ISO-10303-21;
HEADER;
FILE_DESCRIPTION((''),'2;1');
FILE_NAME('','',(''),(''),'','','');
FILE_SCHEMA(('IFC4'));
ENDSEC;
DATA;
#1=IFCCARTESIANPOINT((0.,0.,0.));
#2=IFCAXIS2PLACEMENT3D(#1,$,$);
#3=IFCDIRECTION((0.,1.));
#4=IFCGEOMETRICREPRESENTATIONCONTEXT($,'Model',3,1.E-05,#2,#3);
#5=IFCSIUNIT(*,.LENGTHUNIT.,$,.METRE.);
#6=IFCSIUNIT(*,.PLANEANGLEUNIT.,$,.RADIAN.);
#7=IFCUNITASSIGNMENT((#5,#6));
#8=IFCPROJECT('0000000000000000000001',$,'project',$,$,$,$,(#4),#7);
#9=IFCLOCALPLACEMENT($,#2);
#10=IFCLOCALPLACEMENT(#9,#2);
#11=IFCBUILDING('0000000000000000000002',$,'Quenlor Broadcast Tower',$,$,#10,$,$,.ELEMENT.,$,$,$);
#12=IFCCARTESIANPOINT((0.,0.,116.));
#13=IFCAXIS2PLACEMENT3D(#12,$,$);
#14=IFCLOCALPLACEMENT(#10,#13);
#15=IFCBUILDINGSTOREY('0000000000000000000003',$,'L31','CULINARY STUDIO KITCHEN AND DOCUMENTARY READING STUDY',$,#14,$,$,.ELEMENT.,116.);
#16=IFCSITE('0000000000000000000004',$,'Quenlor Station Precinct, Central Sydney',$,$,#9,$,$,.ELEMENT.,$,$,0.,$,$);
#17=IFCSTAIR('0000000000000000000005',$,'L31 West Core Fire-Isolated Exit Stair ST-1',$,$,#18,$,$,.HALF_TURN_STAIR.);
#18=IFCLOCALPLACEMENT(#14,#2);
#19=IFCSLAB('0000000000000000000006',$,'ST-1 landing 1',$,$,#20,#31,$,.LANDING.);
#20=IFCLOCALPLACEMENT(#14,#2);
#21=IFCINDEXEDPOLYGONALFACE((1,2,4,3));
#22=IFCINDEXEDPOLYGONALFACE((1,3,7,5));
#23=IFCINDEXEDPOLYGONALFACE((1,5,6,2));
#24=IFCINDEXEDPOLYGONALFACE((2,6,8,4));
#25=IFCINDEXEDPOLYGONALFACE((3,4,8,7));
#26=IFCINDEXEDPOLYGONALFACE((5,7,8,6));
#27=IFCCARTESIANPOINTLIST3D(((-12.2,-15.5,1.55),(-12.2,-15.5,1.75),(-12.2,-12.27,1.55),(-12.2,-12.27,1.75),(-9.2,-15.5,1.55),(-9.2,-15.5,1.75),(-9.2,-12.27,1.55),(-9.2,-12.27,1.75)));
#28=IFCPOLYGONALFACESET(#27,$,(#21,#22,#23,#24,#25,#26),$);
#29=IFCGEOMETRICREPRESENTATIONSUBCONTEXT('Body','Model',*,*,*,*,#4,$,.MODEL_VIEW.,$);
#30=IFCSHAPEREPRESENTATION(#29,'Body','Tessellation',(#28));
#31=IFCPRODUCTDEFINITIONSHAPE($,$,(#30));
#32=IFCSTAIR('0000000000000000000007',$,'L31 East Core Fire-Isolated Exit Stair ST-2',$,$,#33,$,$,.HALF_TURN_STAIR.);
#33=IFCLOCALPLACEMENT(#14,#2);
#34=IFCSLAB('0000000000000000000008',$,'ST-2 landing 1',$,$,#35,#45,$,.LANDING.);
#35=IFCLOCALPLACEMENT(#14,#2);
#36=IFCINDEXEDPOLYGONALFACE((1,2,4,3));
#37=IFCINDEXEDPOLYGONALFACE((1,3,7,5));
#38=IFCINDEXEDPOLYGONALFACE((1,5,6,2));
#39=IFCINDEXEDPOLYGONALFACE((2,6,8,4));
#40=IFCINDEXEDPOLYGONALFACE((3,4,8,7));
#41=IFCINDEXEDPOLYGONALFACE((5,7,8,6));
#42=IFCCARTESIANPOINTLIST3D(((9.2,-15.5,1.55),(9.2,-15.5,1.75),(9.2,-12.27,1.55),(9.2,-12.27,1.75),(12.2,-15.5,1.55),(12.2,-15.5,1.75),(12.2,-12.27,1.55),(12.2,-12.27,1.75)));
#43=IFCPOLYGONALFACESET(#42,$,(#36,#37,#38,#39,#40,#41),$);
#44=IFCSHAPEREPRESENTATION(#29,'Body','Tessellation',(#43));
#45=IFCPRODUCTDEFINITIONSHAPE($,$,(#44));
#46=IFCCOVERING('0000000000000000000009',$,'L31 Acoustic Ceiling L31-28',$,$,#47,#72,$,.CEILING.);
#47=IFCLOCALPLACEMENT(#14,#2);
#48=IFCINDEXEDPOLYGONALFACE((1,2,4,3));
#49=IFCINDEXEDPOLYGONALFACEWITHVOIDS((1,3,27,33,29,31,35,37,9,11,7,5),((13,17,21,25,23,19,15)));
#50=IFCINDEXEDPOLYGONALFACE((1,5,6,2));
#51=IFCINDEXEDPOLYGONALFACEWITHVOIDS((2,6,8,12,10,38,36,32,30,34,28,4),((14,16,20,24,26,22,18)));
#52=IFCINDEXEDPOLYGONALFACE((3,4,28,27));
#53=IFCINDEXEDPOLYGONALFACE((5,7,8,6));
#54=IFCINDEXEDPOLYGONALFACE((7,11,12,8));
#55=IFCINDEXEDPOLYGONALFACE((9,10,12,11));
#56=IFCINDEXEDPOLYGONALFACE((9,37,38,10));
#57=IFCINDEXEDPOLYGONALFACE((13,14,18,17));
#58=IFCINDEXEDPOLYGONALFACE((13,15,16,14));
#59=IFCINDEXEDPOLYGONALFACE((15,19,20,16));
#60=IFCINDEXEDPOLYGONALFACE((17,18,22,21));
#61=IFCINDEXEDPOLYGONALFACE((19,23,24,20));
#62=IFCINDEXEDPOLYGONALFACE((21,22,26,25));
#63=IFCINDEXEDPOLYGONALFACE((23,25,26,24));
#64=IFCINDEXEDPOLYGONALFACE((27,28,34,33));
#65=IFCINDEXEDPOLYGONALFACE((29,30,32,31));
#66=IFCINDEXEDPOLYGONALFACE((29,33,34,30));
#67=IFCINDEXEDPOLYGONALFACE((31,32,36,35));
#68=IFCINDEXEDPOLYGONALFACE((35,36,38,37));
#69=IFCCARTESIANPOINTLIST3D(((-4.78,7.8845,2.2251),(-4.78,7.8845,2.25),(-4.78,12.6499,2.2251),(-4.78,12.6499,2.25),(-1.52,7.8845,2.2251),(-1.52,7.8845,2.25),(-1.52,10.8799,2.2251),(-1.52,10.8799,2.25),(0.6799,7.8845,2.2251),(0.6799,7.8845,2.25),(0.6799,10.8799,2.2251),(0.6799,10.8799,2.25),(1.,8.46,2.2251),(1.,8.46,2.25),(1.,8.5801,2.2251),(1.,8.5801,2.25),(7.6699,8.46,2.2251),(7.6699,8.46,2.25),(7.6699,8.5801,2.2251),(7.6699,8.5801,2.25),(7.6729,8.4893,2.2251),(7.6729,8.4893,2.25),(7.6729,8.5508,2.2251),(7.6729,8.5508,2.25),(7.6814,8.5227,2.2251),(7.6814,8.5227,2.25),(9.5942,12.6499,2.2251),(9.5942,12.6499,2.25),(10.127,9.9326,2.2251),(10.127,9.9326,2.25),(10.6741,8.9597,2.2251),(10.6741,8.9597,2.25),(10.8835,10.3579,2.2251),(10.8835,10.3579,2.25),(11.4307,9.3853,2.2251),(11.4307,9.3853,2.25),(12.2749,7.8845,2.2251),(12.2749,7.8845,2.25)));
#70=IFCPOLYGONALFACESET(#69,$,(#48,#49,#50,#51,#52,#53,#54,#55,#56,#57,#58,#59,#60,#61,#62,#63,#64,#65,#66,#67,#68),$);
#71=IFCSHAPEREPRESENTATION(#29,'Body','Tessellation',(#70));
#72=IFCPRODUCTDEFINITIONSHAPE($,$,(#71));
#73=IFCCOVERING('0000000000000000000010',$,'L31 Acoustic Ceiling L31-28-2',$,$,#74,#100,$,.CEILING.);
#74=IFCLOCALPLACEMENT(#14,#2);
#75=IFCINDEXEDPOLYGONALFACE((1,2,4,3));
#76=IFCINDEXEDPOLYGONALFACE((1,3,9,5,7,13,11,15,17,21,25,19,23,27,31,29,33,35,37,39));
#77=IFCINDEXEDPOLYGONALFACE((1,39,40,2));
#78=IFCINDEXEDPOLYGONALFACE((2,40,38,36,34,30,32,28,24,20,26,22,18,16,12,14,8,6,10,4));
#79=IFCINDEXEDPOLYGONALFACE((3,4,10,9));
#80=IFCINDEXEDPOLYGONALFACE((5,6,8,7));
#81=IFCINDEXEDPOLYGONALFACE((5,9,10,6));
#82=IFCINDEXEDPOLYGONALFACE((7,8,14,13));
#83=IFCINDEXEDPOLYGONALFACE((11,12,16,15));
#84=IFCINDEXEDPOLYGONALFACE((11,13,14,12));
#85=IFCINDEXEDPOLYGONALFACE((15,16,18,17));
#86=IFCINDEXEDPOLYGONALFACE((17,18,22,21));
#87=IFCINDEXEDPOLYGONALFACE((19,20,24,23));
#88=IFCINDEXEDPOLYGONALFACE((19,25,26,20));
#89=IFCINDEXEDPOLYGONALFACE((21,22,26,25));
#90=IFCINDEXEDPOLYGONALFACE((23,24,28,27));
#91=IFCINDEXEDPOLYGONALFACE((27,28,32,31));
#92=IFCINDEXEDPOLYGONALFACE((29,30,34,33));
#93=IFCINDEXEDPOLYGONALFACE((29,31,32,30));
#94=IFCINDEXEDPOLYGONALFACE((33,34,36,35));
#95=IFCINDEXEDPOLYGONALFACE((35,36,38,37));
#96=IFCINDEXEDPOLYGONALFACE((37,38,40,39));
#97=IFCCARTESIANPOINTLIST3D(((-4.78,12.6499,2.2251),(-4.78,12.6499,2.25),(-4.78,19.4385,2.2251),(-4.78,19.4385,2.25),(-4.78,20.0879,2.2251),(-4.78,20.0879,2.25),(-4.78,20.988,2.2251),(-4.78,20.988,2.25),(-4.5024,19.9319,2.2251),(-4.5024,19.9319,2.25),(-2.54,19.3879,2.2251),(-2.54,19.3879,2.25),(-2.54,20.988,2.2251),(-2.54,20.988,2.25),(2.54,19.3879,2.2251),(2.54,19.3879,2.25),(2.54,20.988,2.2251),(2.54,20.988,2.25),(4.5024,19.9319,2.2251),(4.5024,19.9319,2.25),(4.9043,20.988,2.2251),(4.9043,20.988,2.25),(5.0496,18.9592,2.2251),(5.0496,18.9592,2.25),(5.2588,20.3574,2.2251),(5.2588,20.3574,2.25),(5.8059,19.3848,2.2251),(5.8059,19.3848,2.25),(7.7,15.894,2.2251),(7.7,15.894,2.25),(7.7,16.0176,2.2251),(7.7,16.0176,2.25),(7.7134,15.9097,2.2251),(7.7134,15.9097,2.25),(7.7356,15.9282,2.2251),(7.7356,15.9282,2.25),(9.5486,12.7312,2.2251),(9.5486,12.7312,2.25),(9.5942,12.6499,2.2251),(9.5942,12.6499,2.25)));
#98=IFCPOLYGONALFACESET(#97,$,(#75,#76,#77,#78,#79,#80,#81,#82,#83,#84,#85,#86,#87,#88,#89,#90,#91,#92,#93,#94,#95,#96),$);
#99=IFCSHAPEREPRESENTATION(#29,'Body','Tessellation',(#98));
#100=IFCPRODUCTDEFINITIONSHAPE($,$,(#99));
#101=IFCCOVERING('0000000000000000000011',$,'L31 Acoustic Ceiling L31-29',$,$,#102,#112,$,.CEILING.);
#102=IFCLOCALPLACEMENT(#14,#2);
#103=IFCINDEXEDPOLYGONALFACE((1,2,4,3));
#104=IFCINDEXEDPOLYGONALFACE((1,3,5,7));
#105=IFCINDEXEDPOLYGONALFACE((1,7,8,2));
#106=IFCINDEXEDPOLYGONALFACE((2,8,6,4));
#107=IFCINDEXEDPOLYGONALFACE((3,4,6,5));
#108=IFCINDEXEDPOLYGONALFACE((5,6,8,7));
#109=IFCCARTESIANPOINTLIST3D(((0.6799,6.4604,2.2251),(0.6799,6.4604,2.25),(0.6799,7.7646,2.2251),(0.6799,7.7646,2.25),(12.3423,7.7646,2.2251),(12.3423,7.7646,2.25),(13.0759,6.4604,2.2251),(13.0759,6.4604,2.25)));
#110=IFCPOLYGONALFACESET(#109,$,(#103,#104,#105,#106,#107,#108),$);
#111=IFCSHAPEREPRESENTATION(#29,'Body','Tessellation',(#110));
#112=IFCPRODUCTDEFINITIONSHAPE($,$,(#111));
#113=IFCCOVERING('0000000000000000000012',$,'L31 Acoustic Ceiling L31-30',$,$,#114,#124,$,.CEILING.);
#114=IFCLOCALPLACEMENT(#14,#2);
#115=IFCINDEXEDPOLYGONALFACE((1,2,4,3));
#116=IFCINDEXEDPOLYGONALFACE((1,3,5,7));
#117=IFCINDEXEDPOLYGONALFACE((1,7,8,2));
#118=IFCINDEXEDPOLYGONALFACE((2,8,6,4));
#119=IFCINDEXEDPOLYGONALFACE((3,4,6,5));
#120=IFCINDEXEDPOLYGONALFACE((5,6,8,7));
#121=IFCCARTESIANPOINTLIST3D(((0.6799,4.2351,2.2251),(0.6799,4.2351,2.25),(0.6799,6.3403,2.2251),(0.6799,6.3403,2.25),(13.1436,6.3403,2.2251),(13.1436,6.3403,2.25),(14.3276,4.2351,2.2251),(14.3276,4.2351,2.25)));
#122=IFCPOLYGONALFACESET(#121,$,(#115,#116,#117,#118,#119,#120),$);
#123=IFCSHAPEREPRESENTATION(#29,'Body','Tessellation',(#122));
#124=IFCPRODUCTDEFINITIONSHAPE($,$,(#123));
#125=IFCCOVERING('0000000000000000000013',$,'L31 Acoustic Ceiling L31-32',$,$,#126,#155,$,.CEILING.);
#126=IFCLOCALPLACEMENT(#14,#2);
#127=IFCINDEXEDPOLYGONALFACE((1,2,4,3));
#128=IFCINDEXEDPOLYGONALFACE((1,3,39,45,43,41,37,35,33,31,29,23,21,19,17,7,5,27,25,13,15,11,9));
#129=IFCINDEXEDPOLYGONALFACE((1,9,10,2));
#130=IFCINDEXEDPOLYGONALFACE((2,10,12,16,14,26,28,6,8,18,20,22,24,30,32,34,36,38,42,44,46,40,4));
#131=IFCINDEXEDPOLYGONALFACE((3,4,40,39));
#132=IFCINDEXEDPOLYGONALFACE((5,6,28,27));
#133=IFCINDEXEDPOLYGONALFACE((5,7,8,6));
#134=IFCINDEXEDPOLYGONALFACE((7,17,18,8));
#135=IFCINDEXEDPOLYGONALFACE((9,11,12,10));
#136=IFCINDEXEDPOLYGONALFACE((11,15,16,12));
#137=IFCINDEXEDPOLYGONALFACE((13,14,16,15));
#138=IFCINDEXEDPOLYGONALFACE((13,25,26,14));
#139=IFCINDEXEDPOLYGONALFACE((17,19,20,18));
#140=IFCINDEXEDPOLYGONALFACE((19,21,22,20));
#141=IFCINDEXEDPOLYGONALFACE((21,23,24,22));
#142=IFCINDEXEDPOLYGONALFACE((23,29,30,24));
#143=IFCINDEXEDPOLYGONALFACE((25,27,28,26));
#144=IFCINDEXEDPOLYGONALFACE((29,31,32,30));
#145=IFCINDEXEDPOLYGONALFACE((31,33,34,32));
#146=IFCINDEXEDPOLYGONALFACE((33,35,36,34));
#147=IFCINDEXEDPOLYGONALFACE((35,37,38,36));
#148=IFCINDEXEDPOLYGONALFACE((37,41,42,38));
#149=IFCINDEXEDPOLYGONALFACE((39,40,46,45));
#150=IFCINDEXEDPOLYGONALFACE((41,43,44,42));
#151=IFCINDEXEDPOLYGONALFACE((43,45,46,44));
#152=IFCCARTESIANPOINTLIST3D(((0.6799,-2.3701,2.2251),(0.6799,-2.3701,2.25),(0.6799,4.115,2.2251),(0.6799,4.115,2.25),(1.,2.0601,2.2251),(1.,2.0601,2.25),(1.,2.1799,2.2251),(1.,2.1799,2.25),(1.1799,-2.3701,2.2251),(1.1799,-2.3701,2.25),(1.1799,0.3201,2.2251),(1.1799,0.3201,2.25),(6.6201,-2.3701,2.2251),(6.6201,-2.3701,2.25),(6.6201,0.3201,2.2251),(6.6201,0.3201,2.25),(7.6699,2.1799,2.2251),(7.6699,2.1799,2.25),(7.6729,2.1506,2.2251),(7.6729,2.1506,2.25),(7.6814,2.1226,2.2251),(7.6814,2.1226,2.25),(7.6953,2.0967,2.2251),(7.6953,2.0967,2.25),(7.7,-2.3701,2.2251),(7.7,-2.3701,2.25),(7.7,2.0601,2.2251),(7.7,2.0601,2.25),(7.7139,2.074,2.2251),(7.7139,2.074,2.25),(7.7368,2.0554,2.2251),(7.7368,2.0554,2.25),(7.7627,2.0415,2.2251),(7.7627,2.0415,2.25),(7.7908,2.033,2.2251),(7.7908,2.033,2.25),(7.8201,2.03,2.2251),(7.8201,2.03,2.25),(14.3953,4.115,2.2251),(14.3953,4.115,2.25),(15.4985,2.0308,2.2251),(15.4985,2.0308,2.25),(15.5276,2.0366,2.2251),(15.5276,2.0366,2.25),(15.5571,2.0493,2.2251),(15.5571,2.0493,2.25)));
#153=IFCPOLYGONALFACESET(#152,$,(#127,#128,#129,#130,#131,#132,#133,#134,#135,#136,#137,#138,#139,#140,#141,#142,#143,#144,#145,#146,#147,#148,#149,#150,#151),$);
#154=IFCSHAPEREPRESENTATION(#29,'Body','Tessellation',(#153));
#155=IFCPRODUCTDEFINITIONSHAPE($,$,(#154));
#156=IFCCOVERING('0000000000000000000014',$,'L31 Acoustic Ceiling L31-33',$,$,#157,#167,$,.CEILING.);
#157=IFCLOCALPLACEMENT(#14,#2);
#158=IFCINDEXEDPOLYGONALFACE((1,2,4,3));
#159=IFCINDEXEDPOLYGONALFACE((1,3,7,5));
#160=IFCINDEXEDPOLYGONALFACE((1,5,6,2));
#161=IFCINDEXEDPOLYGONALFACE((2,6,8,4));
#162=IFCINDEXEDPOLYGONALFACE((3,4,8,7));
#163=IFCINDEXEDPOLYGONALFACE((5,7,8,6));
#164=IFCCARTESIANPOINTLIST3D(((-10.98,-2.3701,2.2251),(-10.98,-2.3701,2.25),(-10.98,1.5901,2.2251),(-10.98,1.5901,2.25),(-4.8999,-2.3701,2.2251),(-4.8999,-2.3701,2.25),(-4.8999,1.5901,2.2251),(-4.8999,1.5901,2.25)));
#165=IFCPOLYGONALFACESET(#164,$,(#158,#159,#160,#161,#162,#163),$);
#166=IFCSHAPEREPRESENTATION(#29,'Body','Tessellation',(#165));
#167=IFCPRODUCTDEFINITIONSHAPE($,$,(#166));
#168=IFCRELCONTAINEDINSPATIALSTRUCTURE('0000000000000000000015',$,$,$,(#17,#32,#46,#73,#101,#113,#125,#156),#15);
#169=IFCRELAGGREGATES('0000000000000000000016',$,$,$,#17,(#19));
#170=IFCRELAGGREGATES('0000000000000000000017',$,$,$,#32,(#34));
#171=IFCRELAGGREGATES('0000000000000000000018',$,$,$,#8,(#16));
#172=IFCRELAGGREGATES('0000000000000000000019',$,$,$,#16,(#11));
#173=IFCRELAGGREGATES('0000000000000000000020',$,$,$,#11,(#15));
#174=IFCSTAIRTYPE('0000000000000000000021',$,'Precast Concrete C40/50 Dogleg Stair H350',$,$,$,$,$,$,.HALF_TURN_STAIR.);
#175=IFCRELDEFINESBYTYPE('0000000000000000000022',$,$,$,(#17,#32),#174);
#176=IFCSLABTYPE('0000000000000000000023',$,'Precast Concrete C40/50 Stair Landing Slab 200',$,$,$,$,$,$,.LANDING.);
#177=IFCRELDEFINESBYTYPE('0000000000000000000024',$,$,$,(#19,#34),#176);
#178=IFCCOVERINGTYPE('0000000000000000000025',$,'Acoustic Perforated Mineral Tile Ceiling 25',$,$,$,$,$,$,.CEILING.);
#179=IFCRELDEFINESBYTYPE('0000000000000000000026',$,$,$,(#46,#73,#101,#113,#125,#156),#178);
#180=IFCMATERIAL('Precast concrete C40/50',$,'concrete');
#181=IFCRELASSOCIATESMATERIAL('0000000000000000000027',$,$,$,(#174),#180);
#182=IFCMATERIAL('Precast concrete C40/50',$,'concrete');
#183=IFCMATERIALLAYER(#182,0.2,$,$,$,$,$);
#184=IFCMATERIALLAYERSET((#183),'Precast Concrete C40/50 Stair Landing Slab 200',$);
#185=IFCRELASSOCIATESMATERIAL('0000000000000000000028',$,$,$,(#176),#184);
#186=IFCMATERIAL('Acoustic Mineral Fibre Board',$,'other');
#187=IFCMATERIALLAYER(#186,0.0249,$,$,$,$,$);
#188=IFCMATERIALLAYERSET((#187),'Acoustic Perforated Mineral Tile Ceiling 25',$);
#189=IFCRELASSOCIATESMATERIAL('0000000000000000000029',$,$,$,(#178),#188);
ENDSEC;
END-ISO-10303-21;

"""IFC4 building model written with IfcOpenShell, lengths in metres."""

from ifc_helpers import new_model, si_unit, direction, frame, origin, place, context, subcontext, project, spatial, polyline, outline, extrude, material, layer, layer_set, type_object, element, aggregate, save


model = new_model("IFC4")

# Units and contexts
model_context = context("Model", 3, precision=1e-05, world=origin(), true_north=direction((0.0, 1.0)))
body_context = subcontext(model_context, "Body", "Model", "MODEL_VIEW")
ifc_project = project(units=[si_unit("LENGTHUNIT", "METRE"), si_unit("PLANEANGLEUNIT", "RADIAN")], contexts=[model_context])

# Site, building, storey
site_placement = place(None, origin())
site = spatial("IfcSite", under=ifc_project, at=site_placement, Name="Quenlor Station Precinct, Central Sydney", CompositionType="ELEMENT", RefElevation=0.0)
building_placement = place(site_placement, origin())
building = spatial("IfcBuilding", under=site, at=building_placement, Name="Quenlor Broadcast Tower", CompositionType="ELEMENT")
storey_placement = place(building_placement, frame((0.0, 0.0, 116.0)))
storey = spatial("IfcBuildingStorey", under=building, at=storey_placement, Name="L31", Description="CULINARY STUDIO KITCHEN AND DOCUMENTARY READING STUDY", CompositionType="ELEMENT", Elevation=116.0)

# Stairs, slabs
ifc_material_1 = material(Name="Precast concrete C40/50", Category="concrete")
stair_type = type_object("IfcStairType", Name="Precast Concrete C40/50 Dogleg Stair H350", PredefinedType="HALF_TURN_STAIR", material=ifc_material_1)
stair_1_placement = place(storey_placement, origin())
stair_1 = element("IfcStair", 1, at=stair_1_placement, inside=storey, type_object=stair_type, Name="L31 West Core Fire-Isolated Exit Stair ST-1", PredefinedType="HALF_TURN_STAIR")
ifc_material_2 = material(Name="Precast concrete C40/50", Category="concrete")
ifc_layer_1 = layer(ifc_material_2, 0.2)
ifc_layer_set_1 = layer_set([ifc_layer_1], Name="Precast Concrete C40/50 Stair Landing Slab 200")
slab_type = type_object("IfcSlabType", Name="Precast Concrete C40/50 Stair Landing Slab 200", PredefinedType="LANDING", material=ifc_layer_set_1)
slab_1_placement = place(storey_placement, frame((0.0, 0.0, 1.55)))
slab_1 = element("IfcSlab", 2, at=slab_1_placement, type_object=slab_type, Name="ST-1 landing 1", PredefinedType="LANDING", context=body_context, shape_type="SweptSolid", body=[
    extrude(outline(polyline([(-12.2, -12.27), (-12.2, -15.5), (-9.2, -15.5), (-9.2, -12.27), (-12.2, -12.27)])), origin(), (0.0, 0.0, 1.0), 0.2),
])
aggregate(stair_1, [slab_1])
stair_2_placement = place(storey_placement, origin())
stair_2 = element("IfcStair", 3, at=stair_2_placement, inside=storey, type_object=stair_type, Name="L31 East Core Fire-Isolated Exit Stair ST-2", PredefinedType="HALF_TURN_STAIR")
slab_2_placement = place(storey_placement, frame((0.0, 0.0, 1.55)))
slab_2 = element("IfcSlab", 4, at=slab_2_placement, type_object=slab_type, Name="ST-2 landing 1", PredefinedType="LANDING", context=body_context, shape_type="SweptSolid", body=[
    extrude(outline(polyline([(9.2, -12.27), (9.2, -15.5), (12.2, -15.5), (12.2, -12.27), (9.2, -12.27)])), origin(), (0.0, 0.0, 1.0), 0.2),
])
aggregate(stair_2, [slab_2])

# Coverings
ifc_material_3 = material(Name="Acoustic Mineral Fibre Board", Category="other")
ifc_layer_2 = layer(ifc_material_3, 0.0249)
ifc_layer_set_2 = layer_set([ifc_layer_2], Name="Acoustic Perforated Mineral Tile Ceiling 25")
covering_type_1 = type_object("IfcCoveringType", Name="Acoustic Perforated Mineral Tile Ceiling 25", PredefinedType="CEILING", material=ifc_layer_set_2)
covering_1_placement = place(storey_placement, frame((0.0, 0.0, 2.2251)))
element("IfcCovering", 5, at=covering_1_placement, inside=storey, type_object=covering_type_1, Name="L31 Acoustic Ceiling L31-28", PredefinedType="CEILING", context=body_context, shape_type="SweptSolid", body=[
    extrude(outline(polyline([(10.8835, 10.3579), (10.127, 9.9326), (10.6741, 8.9597), (11.4307, 9.3853), (12.2749, 7.8845), (0.6799, 7.8845), (0.6799, 10.8799), (-1.52, 10.8799), (-1.52, 7.8845), (-4.78, 7.8845), (-4.78, 12.6499), (9.5942, 12.6499), (10.8835, 10.3579)]), holes=[polyline([(7.6699, 8.5801), (1.0, 8.5801), (1.0, 8.46), (7.6699, 8.46), (7.6729, 8.4893), (7.6814, 8.5227), (7.6729, 8.5508), (7.6699, 8.5801)])]), origin(), (0.0, 0.0, 1.0), 0.0249),
])
covering_2_placement = place(storey_placement, frame((0.0, 0.0, 2.2251)))
element("IfcCovering", 6, at=covering_2_placement, inside=storey, type_object=covering_type_1, Name="L31 Acoustic Ceiling L31-28-2", PredefinedType="CEILING", context=body_context, shape_type="SweptSolid", body=[
    extrude(outline(polyline([(-4.5024, 19.9319), (-4.78, 20.0879), (-4.78, 20.988), (-2.54, 20.988), (-2.54, 19.3879), (2.54, 19.3879), (2.54, 20.988), (4.9043, 20.988), (5.2588, 20.3574), (4.5024, 19.9319), (5.0496, 18.9592), (5.8059, 19.3848), (7.7, 16.0176), (7.7, 15.894), (7.7134, 15.9097), (7.7356, 15.9282), (9.5486, 12.7312), (9.5942, 12.6499), (-4.78, 12.6499), (-4.78, 19.4385), (-4.5024, 19.9319)])), origin(), (0.0, 0.0, 1.0), 0.0249),
])
covering_3_placement = place(storey_placement, frame((0.0, 0.0, 2.2251)))
element("IfcCovering", 7, at=covering_3_placement, inside=storey, type_object=covering_type_1, Name="L31 Acoustic Ceiling L31-29", PredefinedType="CEILING", context=body_context, shape_type="SweptSolid", body=[
    extrude(outline(polyline([(12.3423, 7.7646), (13.0759, 6.4604), (0.6799, 6.4604), (0.6799, 7.7646), (12.3423, 7.7646)])), origin(), (0.0, 0.0, 1.0), 0.0249),
])
covering_4_placement = place(storey_placement, frame((0.0, 0.0, 2.2251)))
element("IfcCovering", 8, at=covering_4_placement, inside=storey, type_object=covering_type_1, Name="L31 Acoustic Ceiling L31-30", PredefinedType="CEILING", context=body_context, shape_type="SweptSolid", body=[
    extrude(outline(polyline([(13.1436, 6.3403), (14.3276, 4.2351), (0.6799, 4.2351), (0.6799, 6.3403), (13.1436, 6.3403)])), origin(), (0.0, 0.0, 1.0), 0.0249),
])
covering_5_placement = place(storey_placement, frame((0.0, 0.0, 2.2251)))
element("IfcCovering", 9, at=covering_5_placement, inside=storey, type_object=covering_type_1, Name="L31 Acoustic Ceiling L31-32", PredefinedType="CEILING", context=body_context, shape_type="SweptSolid", body=[
    extrude(outline(polyline([(7.8201, 2.03), (7.7908, 2.033), (7.7627, 2.0415), (7.7368, 2.0554), (7.7139, 2.074), (7.6953, 2.0967), (7.6814, 2.1226), (7.6729, 2.1506), (7.6699, 2.1799), (1.0, 2.1799), (1.0, 2.0601), (7.7, 2.0601), (7.7, -2.3701), (6.6201, -2.3701), (6.6201, 0.3201), (1.1799, 0.3201), (1.1799, -2.3701), (0.6799, -2.3701), (0.6799, 4.115), (14.3953, 4.115), (15.5571, 2.0493), (15.5276, 2.0366), (15.4985, 2.0308), (7.8201, 2.03)])), origin(), (0.0, 0.0, 1.0), 0.0249),
])
covering_6_placement = place(storey_placement, frame((0.0, 0.0, 2.2251)))
element("IfcCovering", 10, at=covering_6_placement, inside=storey, type_object=covering_type_1, Name="L31 Acoustic Ceiling L31-33", PredefinedType="CEILING", context=body_context, shape_type="SweptSolid", body=[
    extrude(outline(polyline([(-4.8999, -2.3701), (-10.98, -2.3701), (-10.98, 1.5901), (-4.8999, 1.5901), (-4.8999, -2.3701)])), origin(), (0.0, 0.0, 1.0), 0.0249),
])

save(model, "model.ifc")
